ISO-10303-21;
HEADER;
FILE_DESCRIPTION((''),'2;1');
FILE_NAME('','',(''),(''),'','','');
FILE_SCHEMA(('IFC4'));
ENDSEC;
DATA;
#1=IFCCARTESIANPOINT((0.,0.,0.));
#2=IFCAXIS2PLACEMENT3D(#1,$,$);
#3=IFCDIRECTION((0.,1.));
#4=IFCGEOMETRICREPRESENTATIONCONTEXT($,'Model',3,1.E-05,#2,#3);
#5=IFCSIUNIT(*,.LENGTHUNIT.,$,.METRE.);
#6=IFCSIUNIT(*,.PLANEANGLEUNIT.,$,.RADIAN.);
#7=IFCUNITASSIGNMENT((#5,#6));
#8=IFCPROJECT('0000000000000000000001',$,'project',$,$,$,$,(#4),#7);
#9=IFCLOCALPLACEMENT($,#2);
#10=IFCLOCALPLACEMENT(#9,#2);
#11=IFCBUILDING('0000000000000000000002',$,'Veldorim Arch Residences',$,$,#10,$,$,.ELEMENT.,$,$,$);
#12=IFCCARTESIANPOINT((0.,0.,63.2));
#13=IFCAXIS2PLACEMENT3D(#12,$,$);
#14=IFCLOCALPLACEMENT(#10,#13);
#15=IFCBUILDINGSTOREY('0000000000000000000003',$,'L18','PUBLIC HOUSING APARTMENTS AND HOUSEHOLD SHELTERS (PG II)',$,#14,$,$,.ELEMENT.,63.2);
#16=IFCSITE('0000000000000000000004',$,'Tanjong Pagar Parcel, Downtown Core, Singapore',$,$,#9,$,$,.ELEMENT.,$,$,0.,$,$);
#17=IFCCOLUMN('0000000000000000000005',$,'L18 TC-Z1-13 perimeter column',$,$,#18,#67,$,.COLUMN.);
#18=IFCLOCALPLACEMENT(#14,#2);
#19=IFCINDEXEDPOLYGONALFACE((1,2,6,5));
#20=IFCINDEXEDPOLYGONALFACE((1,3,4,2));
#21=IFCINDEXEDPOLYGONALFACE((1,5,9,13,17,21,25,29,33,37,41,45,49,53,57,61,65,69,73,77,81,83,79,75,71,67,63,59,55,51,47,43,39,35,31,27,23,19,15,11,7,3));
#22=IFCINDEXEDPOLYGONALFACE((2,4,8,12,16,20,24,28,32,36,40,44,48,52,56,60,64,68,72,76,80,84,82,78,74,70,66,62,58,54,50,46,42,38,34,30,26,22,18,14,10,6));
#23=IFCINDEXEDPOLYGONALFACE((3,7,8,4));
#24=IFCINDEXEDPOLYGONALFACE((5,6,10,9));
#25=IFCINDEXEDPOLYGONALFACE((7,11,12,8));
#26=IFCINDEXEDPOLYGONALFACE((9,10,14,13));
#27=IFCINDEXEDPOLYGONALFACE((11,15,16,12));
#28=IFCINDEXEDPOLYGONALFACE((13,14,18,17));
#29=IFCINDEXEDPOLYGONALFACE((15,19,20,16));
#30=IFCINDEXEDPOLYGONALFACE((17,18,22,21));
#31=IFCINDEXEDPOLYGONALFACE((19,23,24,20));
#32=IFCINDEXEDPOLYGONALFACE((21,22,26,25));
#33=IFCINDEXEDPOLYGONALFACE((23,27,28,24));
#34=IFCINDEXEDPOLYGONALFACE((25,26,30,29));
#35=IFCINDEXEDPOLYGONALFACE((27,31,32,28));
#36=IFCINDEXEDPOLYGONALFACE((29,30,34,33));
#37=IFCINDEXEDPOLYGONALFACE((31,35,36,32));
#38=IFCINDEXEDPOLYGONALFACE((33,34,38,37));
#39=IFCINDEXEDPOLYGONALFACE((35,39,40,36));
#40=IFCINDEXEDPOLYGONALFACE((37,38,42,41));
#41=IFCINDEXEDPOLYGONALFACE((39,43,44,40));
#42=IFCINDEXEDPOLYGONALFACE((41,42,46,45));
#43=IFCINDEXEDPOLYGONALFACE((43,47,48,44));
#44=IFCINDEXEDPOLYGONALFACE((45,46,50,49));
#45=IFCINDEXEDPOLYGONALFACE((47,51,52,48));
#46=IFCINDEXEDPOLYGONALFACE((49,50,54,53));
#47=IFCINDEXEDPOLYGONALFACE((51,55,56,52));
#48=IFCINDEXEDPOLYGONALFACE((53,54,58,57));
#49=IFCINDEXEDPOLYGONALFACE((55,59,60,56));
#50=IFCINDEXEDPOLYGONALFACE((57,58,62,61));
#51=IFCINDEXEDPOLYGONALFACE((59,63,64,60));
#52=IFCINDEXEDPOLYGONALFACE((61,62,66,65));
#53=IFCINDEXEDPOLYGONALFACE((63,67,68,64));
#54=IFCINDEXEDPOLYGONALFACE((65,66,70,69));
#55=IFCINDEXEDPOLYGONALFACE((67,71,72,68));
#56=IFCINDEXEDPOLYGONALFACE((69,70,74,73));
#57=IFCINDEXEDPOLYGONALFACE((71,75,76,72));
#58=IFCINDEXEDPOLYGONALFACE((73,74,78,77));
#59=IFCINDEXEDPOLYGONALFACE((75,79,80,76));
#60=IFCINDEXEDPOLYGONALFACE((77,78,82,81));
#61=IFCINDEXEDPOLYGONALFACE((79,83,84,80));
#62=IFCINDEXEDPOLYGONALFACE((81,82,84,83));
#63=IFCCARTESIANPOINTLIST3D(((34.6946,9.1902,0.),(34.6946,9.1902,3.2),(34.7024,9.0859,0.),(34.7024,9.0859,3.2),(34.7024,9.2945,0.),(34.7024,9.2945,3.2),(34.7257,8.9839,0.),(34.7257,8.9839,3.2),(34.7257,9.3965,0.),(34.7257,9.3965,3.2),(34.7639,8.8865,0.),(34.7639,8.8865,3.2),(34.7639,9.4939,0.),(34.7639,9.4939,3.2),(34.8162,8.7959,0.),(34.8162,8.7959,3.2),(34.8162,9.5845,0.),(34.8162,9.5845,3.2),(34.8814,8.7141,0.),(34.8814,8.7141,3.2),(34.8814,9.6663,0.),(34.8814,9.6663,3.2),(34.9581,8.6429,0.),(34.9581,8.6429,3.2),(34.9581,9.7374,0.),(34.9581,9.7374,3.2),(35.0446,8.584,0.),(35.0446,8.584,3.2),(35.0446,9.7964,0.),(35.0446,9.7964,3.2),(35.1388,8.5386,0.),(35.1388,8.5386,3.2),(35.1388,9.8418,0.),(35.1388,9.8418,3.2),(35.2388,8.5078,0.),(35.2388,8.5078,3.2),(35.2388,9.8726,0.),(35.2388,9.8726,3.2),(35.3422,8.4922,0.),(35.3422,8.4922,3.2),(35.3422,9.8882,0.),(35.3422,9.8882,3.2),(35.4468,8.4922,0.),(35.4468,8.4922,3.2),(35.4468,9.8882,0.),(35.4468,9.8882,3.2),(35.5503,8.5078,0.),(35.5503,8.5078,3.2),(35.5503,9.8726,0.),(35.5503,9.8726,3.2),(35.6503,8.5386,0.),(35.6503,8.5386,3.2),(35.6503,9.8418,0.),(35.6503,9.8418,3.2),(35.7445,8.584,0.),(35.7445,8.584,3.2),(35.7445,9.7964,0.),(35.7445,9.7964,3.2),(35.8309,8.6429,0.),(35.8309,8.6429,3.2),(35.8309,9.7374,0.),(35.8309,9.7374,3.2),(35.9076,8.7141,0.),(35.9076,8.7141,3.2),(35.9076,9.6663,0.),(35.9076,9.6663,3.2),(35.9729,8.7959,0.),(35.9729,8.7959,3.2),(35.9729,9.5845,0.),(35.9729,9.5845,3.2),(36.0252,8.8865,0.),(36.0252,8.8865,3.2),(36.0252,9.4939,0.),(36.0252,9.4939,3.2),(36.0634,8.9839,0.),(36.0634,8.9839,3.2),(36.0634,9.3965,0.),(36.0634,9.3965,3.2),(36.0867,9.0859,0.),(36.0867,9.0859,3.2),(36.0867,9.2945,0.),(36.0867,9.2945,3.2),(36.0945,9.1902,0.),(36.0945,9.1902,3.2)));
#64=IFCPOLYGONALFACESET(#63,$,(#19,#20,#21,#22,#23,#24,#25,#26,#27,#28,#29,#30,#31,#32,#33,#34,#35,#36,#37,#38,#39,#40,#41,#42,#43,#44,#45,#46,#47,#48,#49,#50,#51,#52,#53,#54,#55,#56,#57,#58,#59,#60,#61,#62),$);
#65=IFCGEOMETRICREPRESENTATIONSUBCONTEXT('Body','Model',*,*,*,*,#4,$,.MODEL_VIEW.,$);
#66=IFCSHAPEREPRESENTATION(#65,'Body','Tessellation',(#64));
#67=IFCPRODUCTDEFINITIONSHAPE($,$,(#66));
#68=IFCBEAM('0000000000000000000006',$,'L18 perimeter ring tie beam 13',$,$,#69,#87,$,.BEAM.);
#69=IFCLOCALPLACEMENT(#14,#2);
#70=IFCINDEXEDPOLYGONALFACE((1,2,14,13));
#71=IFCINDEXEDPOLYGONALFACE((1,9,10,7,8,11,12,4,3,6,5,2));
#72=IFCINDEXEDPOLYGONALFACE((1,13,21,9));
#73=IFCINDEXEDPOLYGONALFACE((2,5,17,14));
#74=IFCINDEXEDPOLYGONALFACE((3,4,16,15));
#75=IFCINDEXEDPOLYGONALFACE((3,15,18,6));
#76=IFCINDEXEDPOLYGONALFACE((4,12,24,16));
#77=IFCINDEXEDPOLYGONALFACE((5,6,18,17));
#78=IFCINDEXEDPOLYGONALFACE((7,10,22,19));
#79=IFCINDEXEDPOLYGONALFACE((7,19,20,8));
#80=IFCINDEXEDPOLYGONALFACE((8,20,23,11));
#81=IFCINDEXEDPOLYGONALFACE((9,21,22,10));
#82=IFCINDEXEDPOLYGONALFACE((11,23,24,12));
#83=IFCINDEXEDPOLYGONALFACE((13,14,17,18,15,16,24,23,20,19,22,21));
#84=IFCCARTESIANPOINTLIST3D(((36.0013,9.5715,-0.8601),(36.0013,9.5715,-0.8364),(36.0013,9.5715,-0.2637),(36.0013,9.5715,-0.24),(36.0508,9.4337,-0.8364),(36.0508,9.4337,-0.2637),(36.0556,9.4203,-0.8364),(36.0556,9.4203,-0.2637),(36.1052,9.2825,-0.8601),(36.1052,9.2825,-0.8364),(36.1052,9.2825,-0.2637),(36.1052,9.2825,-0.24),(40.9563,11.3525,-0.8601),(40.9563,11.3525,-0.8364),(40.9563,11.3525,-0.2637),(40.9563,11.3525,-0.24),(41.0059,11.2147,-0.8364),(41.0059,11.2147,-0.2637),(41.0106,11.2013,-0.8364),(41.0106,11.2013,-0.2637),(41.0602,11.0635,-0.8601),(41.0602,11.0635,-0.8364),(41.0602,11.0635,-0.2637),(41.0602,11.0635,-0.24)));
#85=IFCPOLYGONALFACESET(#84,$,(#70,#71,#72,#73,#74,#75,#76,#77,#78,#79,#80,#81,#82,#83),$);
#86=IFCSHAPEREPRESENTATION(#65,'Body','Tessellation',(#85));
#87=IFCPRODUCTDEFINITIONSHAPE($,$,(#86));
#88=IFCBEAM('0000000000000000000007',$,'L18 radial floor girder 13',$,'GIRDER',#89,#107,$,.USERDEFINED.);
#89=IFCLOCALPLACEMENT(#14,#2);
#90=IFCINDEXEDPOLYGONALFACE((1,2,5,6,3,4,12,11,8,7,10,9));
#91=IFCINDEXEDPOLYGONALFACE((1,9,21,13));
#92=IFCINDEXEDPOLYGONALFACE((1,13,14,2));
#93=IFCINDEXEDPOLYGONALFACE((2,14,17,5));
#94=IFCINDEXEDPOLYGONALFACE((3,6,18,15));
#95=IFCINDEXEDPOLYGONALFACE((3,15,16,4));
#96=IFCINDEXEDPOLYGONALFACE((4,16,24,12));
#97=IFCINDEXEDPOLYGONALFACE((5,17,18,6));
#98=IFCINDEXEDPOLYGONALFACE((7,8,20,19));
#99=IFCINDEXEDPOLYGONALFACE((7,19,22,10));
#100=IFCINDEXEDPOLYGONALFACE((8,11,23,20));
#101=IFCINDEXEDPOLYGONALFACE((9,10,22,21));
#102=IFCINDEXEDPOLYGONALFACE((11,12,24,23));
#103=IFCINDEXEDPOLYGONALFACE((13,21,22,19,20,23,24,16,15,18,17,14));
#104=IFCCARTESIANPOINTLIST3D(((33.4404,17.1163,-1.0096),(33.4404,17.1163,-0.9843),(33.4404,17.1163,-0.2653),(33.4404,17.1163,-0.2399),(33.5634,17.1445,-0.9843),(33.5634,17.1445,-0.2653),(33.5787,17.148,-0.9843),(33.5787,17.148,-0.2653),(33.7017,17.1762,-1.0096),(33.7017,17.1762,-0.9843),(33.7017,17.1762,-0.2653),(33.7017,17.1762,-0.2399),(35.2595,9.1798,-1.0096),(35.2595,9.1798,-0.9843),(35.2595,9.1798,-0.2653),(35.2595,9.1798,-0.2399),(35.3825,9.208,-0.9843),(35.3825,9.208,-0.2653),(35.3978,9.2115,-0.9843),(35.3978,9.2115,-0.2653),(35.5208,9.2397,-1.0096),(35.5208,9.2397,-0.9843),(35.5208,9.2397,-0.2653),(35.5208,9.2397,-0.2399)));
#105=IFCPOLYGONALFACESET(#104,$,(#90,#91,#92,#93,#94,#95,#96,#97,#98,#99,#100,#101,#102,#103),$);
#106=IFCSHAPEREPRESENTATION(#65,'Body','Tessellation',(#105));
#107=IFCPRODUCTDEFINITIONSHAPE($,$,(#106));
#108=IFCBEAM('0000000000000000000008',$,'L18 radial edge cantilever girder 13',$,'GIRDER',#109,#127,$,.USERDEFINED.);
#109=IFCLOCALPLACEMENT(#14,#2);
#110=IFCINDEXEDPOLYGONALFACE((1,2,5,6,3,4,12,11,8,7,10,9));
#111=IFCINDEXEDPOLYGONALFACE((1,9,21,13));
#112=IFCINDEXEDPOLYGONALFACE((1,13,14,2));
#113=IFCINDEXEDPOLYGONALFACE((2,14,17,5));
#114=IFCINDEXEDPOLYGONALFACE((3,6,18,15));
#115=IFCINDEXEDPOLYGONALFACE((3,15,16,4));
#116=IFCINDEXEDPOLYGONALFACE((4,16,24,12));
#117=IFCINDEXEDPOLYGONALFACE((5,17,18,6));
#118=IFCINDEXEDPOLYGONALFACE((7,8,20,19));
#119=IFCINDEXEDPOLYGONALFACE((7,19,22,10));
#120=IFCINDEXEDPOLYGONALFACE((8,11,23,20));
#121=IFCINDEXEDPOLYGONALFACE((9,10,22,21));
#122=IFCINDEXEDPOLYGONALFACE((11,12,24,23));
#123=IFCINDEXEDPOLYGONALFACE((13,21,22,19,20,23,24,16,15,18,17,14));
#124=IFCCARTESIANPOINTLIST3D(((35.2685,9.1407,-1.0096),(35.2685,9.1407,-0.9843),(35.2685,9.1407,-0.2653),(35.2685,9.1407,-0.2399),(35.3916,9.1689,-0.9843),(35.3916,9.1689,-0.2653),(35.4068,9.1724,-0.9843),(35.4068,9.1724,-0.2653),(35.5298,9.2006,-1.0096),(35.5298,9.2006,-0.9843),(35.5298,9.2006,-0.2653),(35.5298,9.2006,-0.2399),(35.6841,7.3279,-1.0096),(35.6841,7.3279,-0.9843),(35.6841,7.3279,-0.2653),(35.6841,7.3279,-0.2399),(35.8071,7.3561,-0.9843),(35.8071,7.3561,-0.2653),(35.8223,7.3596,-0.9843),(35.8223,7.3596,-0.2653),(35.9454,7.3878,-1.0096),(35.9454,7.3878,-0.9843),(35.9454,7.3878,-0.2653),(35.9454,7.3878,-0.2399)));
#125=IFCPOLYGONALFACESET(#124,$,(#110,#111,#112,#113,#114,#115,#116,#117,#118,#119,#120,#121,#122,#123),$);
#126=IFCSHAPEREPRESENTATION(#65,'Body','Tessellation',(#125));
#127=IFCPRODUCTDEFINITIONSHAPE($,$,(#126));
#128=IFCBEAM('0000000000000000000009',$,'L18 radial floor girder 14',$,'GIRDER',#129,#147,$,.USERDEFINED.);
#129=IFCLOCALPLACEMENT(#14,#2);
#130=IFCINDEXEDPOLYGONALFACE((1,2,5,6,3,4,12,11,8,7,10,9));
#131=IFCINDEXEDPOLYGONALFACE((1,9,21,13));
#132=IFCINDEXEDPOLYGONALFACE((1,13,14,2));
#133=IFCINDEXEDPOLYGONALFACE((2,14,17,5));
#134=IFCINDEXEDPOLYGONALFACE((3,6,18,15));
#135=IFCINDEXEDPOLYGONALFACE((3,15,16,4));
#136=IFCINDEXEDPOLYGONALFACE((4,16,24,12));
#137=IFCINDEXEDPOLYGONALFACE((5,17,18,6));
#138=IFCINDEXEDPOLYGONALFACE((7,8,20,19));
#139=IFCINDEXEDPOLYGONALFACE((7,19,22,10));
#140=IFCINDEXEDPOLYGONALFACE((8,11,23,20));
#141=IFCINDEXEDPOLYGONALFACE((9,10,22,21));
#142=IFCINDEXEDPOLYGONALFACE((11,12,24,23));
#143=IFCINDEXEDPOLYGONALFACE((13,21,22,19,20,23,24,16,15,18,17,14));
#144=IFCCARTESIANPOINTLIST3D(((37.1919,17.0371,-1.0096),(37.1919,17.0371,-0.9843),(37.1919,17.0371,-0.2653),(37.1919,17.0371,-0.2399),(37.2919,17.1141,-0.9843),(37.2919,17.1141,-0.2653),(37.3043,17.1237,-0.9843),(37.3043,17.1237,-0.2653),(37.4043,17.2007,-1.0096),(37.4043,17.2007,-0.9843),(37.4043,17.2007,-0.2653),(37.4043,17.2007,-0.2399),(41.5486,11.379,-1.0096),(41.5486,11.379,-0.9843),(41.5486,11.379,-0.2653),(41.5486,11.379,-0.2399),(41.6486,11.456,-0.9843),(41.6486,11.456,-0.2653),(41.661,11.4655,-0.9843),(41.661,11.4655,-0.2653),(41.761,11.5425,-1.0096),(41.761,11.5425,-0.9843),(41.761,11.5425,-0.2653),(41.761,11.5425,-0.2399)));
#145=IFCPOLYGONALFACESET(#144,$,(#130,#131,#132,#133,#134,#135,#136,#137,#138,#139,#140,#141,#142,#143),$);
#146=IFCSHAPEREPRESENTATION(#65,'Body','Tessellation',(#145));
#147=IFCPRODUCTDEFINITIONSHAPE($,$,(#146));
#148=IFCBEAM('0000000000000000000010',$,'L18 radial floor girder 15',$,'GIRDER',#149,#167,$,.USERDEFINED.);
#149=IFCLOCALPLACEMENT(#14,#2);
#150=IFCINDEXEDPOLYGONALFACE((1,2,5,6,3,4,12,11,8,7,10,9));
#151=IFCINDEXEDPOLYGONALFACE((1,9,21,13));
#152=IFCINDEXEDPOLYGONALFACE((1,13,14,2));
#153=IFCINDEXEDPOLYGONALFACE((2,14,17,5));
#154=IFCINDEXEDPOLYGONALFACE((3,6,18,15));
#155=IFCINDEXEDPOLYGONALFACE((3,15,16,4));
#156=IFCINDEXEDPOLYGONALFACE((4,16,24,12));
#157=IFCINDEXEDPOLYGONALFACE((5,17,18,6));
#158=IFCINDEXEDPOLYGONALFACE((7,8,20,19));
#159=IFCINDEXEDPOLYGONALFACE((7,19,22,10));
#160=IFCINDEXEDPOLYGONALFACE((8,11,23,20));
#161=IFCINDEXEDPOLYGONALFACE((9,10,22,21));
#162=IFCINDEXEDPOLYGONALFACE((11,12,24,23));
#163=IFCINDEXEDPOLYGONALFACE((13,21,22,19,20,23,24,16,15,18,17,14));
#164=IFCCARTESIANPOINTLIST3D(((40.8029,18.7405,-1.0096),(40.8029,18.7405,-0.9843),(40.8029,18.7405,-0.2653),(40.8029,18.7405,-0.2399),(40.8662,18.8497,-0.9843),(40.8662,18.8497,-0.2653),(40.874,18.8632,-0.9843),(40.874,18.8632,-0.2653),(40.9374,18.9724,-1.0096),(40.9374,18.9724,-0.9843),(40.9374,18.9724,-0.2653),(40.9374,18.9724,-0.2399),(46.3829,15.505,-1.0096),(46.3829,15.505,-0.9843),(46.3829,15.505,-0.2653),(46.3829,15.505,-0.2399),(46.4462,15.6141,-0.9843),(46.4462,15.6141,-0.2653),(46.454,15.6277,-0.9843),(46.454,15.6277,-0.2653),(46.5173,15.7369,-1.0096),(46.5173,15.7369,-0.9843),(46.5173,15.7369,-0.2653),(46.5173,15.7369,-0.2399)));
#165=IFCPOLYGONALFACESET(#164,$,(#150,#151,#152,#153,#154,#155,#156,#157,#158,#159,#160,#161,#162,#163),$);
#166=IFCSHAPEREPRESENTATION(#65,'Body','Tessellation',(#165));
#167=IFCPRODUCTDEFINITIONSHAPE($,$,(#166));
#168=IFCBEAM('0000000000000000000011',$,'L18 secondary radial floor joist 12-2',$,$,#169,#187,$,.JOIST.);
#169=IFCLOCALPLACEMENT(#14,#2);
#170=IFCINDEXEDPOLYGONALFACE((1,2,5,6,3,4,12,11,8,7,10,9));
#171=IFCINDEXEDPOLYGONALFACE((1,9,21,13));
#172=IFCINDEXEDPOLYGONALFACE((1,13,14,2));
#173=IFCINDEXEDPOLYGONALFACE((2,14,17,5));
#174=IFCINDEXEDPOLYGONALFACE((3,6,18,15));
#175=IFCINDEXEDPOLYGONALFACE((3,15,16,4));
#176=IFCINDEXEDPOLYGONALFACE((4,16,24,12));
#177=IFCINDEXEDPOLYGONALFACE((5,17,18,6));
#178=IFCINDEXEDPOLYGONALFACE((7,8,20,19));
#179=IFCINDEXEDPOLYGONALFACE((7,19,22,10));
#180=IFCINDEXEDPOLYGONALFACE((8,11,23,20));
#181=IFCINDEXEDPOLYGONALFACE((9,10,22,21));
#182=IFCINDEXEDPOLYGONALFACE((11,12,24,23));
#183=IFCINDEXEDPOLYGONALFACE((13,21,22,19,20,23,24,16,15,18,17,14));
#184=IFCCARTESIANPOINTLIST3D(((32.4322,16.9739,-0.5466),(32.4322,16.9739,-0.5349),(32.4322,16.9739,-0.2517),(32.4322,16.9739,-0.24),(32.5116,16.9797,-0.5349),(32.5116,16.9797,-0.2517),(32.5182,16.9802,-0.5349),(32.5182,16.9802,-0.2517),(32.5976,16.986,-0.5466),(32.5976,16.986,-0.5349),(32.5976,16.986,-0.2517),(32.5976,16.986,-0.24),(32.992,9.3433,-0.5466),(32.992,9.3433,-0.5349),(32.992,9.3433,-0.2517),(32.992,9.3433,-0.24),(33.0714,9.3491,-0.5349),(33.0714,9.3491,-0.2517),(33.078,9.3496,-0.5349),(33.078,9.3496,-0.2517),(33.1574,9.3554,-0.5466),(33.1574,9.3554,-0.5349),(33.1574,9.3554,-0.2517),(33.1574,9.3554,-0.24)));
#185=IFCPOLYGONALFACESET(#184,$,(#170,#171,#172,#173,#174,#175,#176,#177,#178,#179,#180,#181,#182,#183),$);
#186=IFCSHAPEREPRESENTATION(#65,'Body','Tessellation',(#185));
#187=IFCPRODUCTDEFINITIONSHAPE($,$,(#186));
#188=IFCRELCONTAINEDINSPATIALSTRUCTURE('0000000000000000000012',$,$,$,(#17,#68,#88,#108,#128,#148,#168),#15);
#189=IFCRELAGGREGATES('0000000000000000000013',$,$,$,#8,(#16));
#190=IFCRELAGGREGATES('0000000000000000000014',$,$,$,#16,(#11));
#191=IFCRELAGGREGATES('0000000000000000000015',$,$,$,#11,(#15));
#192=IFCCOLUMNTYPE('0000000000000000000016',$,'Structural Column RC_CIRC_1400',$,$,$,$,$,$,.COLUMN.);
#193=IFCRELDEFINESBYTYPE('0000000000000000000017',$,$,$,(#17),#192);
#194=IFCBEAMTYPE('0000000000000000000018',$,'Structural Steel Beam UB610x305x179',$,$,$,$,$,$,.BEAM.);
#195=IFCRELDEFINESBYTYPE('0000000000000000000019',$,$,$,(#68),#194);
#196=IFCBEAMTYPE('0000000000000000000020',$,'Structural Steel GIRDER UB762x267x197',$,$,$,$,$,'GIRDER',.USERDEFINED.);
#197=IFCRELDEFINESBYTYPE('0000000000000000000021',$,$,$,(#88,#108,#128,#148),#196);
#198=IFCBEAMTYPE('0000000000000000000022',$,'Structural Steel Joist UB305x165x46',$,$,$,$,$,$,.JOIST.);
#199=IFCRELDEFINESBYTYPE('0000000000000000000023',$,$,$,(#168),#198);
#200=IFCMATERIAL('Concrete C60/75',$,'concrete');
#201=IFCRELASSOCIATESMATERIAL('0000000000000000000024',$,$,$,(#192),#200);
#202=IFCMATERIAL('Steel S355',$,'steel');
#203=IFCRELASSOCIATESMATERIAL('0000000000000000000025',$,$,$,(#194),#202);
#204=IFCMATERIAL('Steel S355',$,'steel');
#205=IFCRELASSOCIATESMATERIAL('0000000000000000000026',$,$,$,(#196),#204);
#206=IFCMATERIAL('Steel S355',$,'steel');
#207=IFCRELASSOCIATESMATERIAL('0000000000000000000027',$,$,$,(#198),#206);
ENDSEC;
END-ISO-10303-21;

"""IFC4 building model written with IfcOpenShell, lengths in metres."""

from ifc_helpers import new_model, si_unit, direction, frame, origin, origin_2d, place, context, subcontext, project, spatial, circle, i_section, extrude, material, material_profile, profile_set, type_object, element, save


model = new_model("IFC4")

# Units and contexts
model_context = context("Model", 3, precision=1e-05, world=origin(), true_north=direction((0.0, 1.0)))
body_context = subcontext(model_context, "Body", "Model", "MODEL_VIEW")
ifc_project = project(units=[si_unit("LENGTHUNIT", "METRE"), si_unit("PLANEANGLEUNIT", "RADIAN")], contexts=[model_context])

# Site, building, storey
site_placement = place(None, origin())
site = spatial("IfcSite", under=ifc_project, at=site_placement, Name="Tanjong Pagar Parcel, Downtown Core, Singapore", CompositionType="ELEMENT", RefElevation=0.0)
building_placement = place(site_placement, origin())
building = spatial("IfcBuilding", under=site, at=building_placement, Name="Veldorim Arch Residences", CompositionType="ELEMENT")
storey_placement = place(building_placement, frame((0.0, 0.0, 63.2)))
storey = spatial("IfcBuildingStorey", under=building, at=storey_placement, Name="L18", Description="PUBLIC HOUSING APARTMENTS AND HOUSEHOLD SHELTERS (PG II)", CompositionType="ELEMENT", Elevation=63.2)

# Column
ifc_material_1 = material(Name="Concrete C60/75", Category="concrete")
ifc_material_profile_1 = material_profile(ifc_material_1, circle(Radius=0.7, at=origin_2d()), Name="RC_CIRC_1400")
ifc_profile_set_1 = profile_set([ifc_material_profile_1], Name="Concrete C60/75")
column_type = type_object("IfcColumnType", Name="Structural Column RC_CIRC_1400", PredefinedType="COLUMN", material=ifc_profile_set_1)
column_placement = place(storey_placement, frame((35.3945, 9.1902, 0.0), z_axis=(0.0, 0.0, 1.0), x_axis=(1.0, 0.0, 0.0)))
element("IfcColumn", 1, at=column_placement, inside=storey, type_object=column_type, Name="L18 TC-Z1-13 perimeter column", PredefinedType="COLUMN", context=body_context, shape_type="SweptSolid", body=[
    extrude(circle(Radius=0.7, at=origin_2d()), origin(), (0.0, 0.0, 1.0), 3.2),
])

# Beams
ifc_material_2 = material(Name="Steel S355", Category="steel")
ifc_material_profile_2 = material_profile(ifc_material_2, i_section(OverallWidth=0.3071, OverallDepth=0.6201, WebThickness=0.0142, FlangeThickness=0.0237, at=origin_2d()), Name="UB610x305x179")
ifc_profile_set_2 = profile_set([ifc_material_profile_2], Name="Steel S355")
beam_type_1 = type_object("IfcBeamType", Name="Structural Steel Beam UB610x305x179", PredefinedType="BEAM", material=ifc_profile_set_2)
beam_1_placement = place(storey_placement, frame((36.0532, 9.427, -0.55), z_axis=(0.941058, 0.338245, 0.0), x_axis=(-0.338245, 0.941058, 0.0)))
element("IfcBeam", 2, at=beam_1_placement, inside=storey, type_object=beam_type_1, Name="L18 perimeter ring tie beam 13", PredefinedType="BEAM", context=body_context, shape_type="SweptSolid", body=[
    extrude(i_section(OverallWidth=0.3071, OverallDepth=0.6201, WebThickness=0.0142, FlangeThickness=0.0237, at=origin_2d()), origin(), (0.0, 0.0, 1.0), 5.2654),
])
ifc_material_3 = material(Name="Steel S355", Category="steel")
ifc_material_profile_3 = material_profile(ifc_material_3, i_section(OverallWidth=0.2681, OverallDepth=0.7698, WebThickness=0.0156, FlangeThickness=0.0254, at=origin_2d()), Name="UB762x267x197")
ifc_profile_set_3 = profile_set([ifc_material_profile_3], Name="Steel S355")
beam_type_2 = type_object("IfcBeamType", Name="Structural Steel GIRDER UB762x267x197", ElementType="GIRDER", PredefinedType="USERDEFINED", material=ifc_profile_set_3)
beam_2_placement = place(storey_placement, frame((33.571, 17.1462, -0.6248), z_axis=(0.223412, -0.974724, 0.0), x_axis=(0.974724, 0.223412, 0.0)))
element("IfcBeam", 3, at=beam_2_placement, inside=storey, type_object=beam_type_2, Name="L18 radial floor girder 13", ObjectType="GIRDER", PredefinedType="USERDEFINED", context=body_context, shape_type="SweptSolid", body=[
    extrude(i_section(OverallWidth=0.2681, OverallDepth=0.7698, WebThickness=0.0156, FlangeThickness=0.0254, at=origin_2d()), origin(), (0.0, 0.0, 1.0), 8.1423),
])
beam_3_placement = place(storey_placement, frame((35.3992, 9.1707, -0.6248), z_axis=(0.223431, -0.97472, 0.0), x_axis=(0.97472, 0.223431, 0.0)))
element("IfcBeam", 4, at=beam_3_placement, inside=storey, type_object=beam_type_2, Name="L18 radial edge cantilever girder 13", ObjectType="GIRDER", PredefinedType="USERDEFINED", context=body_context, shape_type="SweptSolid", body=[
    extrude(i_section(OverallWidth=0.2681, OverallDepth=0.7698, WebThickness=0.0156, FlangeThickness=0.0254, at=origin_2d()), origin(), (0.0, 0.0, 1.0), 1.8599),
])
beam_4_placement = place(storey_placement, frame((37.2981, 17.1189, -0.6248), z_axis=(0.610082, -0.792338, 0.0), x_axis=(0.792338, 0.610082, 0.0)))
element("IfcBeam", 5, at=beam_4_placement, inside=storey, type_object=beam_type_2, Name="L18 radial floor girder 14", ObjectType="GIRDER", PredefinedType="USERDEFINED", context=body_context, shape_type="SweptSolid", body=[
    extrude(i_section(OverallWidth=0.2681, OverallDepth=0.7698, WebThickness=0.0156, FlangeThickness=0.0254, at=origin_2d()), origin(), (0.0, 0.0, 1.0), 7.1411),
])
beam_5_placement = place(storey_placement, frame((40.8701, 18.8564, -0.6248), z_axis=(0.865088, -0.50162, 0.0), x_axis=(0.50162, 0.865088, 0.0)))
element("IfcBeam", 6, at=beam_5_placement, inside=storey, type_object=beam_type_2, Name="L18 radial floor girder 15", ObjectType="GIRDER", PredefinedType="USERDEFINED", context=body_context, shape_type="SweptSolid", body=[
    extrude(i_section(OverallWidth=0.2681, OverallDepth=0.7698, WebThickness=0.0156, FlangeThickness=0.0254, at=origin_2d()), origin(), (0.0, 0.0, 1.0), 6.4502),
])
ifc_material_4 = material(Name="Steel S355", Category="steel")
ifc_material_profile_4 = material_profile(ifc_material_4, i_section(OverallWidth=0.1658, OverallDepth=0.3066, WebThickness=0.0066, FlangeThickness=0.0117, at=origin_2d()), Name="UB305x165x46")
ifc_profile_set_4 = profile_set([ifc_material_profile_4], Name="Steel S355")
beam_type_3 = type_object("IfcBeamType", Name="Structural Steel Joist UB305x165x46", PredefinedType="JOIST", material=ifc_profile_set_4)
beam_6_placement = place(storey_placement, frame((32.5149, 16.98, -0.3933), z_axis=(0.073168, -0.99732, 0.0), x_axis=(0.99732, 0.073168, 0.0)))
element("IfcBeam", 7, at=beam_6_placement, inside=storey, type_object=beam_type_3, Name="L18 secondary radial floor joist 12-2", PredefinedType="JOIST", context=body_context, shape_type="SweptSolid", body=[
    extrude(i_section(OverallWidth=0.1658, OverallDepth=0.3066, WebThickness=0.0066, FlangeThickness=0.0117, at=origin_2d()), origin(), (0.0, 0.0, 1.0), 7.6511),
])

save(model, "model.ifc")
